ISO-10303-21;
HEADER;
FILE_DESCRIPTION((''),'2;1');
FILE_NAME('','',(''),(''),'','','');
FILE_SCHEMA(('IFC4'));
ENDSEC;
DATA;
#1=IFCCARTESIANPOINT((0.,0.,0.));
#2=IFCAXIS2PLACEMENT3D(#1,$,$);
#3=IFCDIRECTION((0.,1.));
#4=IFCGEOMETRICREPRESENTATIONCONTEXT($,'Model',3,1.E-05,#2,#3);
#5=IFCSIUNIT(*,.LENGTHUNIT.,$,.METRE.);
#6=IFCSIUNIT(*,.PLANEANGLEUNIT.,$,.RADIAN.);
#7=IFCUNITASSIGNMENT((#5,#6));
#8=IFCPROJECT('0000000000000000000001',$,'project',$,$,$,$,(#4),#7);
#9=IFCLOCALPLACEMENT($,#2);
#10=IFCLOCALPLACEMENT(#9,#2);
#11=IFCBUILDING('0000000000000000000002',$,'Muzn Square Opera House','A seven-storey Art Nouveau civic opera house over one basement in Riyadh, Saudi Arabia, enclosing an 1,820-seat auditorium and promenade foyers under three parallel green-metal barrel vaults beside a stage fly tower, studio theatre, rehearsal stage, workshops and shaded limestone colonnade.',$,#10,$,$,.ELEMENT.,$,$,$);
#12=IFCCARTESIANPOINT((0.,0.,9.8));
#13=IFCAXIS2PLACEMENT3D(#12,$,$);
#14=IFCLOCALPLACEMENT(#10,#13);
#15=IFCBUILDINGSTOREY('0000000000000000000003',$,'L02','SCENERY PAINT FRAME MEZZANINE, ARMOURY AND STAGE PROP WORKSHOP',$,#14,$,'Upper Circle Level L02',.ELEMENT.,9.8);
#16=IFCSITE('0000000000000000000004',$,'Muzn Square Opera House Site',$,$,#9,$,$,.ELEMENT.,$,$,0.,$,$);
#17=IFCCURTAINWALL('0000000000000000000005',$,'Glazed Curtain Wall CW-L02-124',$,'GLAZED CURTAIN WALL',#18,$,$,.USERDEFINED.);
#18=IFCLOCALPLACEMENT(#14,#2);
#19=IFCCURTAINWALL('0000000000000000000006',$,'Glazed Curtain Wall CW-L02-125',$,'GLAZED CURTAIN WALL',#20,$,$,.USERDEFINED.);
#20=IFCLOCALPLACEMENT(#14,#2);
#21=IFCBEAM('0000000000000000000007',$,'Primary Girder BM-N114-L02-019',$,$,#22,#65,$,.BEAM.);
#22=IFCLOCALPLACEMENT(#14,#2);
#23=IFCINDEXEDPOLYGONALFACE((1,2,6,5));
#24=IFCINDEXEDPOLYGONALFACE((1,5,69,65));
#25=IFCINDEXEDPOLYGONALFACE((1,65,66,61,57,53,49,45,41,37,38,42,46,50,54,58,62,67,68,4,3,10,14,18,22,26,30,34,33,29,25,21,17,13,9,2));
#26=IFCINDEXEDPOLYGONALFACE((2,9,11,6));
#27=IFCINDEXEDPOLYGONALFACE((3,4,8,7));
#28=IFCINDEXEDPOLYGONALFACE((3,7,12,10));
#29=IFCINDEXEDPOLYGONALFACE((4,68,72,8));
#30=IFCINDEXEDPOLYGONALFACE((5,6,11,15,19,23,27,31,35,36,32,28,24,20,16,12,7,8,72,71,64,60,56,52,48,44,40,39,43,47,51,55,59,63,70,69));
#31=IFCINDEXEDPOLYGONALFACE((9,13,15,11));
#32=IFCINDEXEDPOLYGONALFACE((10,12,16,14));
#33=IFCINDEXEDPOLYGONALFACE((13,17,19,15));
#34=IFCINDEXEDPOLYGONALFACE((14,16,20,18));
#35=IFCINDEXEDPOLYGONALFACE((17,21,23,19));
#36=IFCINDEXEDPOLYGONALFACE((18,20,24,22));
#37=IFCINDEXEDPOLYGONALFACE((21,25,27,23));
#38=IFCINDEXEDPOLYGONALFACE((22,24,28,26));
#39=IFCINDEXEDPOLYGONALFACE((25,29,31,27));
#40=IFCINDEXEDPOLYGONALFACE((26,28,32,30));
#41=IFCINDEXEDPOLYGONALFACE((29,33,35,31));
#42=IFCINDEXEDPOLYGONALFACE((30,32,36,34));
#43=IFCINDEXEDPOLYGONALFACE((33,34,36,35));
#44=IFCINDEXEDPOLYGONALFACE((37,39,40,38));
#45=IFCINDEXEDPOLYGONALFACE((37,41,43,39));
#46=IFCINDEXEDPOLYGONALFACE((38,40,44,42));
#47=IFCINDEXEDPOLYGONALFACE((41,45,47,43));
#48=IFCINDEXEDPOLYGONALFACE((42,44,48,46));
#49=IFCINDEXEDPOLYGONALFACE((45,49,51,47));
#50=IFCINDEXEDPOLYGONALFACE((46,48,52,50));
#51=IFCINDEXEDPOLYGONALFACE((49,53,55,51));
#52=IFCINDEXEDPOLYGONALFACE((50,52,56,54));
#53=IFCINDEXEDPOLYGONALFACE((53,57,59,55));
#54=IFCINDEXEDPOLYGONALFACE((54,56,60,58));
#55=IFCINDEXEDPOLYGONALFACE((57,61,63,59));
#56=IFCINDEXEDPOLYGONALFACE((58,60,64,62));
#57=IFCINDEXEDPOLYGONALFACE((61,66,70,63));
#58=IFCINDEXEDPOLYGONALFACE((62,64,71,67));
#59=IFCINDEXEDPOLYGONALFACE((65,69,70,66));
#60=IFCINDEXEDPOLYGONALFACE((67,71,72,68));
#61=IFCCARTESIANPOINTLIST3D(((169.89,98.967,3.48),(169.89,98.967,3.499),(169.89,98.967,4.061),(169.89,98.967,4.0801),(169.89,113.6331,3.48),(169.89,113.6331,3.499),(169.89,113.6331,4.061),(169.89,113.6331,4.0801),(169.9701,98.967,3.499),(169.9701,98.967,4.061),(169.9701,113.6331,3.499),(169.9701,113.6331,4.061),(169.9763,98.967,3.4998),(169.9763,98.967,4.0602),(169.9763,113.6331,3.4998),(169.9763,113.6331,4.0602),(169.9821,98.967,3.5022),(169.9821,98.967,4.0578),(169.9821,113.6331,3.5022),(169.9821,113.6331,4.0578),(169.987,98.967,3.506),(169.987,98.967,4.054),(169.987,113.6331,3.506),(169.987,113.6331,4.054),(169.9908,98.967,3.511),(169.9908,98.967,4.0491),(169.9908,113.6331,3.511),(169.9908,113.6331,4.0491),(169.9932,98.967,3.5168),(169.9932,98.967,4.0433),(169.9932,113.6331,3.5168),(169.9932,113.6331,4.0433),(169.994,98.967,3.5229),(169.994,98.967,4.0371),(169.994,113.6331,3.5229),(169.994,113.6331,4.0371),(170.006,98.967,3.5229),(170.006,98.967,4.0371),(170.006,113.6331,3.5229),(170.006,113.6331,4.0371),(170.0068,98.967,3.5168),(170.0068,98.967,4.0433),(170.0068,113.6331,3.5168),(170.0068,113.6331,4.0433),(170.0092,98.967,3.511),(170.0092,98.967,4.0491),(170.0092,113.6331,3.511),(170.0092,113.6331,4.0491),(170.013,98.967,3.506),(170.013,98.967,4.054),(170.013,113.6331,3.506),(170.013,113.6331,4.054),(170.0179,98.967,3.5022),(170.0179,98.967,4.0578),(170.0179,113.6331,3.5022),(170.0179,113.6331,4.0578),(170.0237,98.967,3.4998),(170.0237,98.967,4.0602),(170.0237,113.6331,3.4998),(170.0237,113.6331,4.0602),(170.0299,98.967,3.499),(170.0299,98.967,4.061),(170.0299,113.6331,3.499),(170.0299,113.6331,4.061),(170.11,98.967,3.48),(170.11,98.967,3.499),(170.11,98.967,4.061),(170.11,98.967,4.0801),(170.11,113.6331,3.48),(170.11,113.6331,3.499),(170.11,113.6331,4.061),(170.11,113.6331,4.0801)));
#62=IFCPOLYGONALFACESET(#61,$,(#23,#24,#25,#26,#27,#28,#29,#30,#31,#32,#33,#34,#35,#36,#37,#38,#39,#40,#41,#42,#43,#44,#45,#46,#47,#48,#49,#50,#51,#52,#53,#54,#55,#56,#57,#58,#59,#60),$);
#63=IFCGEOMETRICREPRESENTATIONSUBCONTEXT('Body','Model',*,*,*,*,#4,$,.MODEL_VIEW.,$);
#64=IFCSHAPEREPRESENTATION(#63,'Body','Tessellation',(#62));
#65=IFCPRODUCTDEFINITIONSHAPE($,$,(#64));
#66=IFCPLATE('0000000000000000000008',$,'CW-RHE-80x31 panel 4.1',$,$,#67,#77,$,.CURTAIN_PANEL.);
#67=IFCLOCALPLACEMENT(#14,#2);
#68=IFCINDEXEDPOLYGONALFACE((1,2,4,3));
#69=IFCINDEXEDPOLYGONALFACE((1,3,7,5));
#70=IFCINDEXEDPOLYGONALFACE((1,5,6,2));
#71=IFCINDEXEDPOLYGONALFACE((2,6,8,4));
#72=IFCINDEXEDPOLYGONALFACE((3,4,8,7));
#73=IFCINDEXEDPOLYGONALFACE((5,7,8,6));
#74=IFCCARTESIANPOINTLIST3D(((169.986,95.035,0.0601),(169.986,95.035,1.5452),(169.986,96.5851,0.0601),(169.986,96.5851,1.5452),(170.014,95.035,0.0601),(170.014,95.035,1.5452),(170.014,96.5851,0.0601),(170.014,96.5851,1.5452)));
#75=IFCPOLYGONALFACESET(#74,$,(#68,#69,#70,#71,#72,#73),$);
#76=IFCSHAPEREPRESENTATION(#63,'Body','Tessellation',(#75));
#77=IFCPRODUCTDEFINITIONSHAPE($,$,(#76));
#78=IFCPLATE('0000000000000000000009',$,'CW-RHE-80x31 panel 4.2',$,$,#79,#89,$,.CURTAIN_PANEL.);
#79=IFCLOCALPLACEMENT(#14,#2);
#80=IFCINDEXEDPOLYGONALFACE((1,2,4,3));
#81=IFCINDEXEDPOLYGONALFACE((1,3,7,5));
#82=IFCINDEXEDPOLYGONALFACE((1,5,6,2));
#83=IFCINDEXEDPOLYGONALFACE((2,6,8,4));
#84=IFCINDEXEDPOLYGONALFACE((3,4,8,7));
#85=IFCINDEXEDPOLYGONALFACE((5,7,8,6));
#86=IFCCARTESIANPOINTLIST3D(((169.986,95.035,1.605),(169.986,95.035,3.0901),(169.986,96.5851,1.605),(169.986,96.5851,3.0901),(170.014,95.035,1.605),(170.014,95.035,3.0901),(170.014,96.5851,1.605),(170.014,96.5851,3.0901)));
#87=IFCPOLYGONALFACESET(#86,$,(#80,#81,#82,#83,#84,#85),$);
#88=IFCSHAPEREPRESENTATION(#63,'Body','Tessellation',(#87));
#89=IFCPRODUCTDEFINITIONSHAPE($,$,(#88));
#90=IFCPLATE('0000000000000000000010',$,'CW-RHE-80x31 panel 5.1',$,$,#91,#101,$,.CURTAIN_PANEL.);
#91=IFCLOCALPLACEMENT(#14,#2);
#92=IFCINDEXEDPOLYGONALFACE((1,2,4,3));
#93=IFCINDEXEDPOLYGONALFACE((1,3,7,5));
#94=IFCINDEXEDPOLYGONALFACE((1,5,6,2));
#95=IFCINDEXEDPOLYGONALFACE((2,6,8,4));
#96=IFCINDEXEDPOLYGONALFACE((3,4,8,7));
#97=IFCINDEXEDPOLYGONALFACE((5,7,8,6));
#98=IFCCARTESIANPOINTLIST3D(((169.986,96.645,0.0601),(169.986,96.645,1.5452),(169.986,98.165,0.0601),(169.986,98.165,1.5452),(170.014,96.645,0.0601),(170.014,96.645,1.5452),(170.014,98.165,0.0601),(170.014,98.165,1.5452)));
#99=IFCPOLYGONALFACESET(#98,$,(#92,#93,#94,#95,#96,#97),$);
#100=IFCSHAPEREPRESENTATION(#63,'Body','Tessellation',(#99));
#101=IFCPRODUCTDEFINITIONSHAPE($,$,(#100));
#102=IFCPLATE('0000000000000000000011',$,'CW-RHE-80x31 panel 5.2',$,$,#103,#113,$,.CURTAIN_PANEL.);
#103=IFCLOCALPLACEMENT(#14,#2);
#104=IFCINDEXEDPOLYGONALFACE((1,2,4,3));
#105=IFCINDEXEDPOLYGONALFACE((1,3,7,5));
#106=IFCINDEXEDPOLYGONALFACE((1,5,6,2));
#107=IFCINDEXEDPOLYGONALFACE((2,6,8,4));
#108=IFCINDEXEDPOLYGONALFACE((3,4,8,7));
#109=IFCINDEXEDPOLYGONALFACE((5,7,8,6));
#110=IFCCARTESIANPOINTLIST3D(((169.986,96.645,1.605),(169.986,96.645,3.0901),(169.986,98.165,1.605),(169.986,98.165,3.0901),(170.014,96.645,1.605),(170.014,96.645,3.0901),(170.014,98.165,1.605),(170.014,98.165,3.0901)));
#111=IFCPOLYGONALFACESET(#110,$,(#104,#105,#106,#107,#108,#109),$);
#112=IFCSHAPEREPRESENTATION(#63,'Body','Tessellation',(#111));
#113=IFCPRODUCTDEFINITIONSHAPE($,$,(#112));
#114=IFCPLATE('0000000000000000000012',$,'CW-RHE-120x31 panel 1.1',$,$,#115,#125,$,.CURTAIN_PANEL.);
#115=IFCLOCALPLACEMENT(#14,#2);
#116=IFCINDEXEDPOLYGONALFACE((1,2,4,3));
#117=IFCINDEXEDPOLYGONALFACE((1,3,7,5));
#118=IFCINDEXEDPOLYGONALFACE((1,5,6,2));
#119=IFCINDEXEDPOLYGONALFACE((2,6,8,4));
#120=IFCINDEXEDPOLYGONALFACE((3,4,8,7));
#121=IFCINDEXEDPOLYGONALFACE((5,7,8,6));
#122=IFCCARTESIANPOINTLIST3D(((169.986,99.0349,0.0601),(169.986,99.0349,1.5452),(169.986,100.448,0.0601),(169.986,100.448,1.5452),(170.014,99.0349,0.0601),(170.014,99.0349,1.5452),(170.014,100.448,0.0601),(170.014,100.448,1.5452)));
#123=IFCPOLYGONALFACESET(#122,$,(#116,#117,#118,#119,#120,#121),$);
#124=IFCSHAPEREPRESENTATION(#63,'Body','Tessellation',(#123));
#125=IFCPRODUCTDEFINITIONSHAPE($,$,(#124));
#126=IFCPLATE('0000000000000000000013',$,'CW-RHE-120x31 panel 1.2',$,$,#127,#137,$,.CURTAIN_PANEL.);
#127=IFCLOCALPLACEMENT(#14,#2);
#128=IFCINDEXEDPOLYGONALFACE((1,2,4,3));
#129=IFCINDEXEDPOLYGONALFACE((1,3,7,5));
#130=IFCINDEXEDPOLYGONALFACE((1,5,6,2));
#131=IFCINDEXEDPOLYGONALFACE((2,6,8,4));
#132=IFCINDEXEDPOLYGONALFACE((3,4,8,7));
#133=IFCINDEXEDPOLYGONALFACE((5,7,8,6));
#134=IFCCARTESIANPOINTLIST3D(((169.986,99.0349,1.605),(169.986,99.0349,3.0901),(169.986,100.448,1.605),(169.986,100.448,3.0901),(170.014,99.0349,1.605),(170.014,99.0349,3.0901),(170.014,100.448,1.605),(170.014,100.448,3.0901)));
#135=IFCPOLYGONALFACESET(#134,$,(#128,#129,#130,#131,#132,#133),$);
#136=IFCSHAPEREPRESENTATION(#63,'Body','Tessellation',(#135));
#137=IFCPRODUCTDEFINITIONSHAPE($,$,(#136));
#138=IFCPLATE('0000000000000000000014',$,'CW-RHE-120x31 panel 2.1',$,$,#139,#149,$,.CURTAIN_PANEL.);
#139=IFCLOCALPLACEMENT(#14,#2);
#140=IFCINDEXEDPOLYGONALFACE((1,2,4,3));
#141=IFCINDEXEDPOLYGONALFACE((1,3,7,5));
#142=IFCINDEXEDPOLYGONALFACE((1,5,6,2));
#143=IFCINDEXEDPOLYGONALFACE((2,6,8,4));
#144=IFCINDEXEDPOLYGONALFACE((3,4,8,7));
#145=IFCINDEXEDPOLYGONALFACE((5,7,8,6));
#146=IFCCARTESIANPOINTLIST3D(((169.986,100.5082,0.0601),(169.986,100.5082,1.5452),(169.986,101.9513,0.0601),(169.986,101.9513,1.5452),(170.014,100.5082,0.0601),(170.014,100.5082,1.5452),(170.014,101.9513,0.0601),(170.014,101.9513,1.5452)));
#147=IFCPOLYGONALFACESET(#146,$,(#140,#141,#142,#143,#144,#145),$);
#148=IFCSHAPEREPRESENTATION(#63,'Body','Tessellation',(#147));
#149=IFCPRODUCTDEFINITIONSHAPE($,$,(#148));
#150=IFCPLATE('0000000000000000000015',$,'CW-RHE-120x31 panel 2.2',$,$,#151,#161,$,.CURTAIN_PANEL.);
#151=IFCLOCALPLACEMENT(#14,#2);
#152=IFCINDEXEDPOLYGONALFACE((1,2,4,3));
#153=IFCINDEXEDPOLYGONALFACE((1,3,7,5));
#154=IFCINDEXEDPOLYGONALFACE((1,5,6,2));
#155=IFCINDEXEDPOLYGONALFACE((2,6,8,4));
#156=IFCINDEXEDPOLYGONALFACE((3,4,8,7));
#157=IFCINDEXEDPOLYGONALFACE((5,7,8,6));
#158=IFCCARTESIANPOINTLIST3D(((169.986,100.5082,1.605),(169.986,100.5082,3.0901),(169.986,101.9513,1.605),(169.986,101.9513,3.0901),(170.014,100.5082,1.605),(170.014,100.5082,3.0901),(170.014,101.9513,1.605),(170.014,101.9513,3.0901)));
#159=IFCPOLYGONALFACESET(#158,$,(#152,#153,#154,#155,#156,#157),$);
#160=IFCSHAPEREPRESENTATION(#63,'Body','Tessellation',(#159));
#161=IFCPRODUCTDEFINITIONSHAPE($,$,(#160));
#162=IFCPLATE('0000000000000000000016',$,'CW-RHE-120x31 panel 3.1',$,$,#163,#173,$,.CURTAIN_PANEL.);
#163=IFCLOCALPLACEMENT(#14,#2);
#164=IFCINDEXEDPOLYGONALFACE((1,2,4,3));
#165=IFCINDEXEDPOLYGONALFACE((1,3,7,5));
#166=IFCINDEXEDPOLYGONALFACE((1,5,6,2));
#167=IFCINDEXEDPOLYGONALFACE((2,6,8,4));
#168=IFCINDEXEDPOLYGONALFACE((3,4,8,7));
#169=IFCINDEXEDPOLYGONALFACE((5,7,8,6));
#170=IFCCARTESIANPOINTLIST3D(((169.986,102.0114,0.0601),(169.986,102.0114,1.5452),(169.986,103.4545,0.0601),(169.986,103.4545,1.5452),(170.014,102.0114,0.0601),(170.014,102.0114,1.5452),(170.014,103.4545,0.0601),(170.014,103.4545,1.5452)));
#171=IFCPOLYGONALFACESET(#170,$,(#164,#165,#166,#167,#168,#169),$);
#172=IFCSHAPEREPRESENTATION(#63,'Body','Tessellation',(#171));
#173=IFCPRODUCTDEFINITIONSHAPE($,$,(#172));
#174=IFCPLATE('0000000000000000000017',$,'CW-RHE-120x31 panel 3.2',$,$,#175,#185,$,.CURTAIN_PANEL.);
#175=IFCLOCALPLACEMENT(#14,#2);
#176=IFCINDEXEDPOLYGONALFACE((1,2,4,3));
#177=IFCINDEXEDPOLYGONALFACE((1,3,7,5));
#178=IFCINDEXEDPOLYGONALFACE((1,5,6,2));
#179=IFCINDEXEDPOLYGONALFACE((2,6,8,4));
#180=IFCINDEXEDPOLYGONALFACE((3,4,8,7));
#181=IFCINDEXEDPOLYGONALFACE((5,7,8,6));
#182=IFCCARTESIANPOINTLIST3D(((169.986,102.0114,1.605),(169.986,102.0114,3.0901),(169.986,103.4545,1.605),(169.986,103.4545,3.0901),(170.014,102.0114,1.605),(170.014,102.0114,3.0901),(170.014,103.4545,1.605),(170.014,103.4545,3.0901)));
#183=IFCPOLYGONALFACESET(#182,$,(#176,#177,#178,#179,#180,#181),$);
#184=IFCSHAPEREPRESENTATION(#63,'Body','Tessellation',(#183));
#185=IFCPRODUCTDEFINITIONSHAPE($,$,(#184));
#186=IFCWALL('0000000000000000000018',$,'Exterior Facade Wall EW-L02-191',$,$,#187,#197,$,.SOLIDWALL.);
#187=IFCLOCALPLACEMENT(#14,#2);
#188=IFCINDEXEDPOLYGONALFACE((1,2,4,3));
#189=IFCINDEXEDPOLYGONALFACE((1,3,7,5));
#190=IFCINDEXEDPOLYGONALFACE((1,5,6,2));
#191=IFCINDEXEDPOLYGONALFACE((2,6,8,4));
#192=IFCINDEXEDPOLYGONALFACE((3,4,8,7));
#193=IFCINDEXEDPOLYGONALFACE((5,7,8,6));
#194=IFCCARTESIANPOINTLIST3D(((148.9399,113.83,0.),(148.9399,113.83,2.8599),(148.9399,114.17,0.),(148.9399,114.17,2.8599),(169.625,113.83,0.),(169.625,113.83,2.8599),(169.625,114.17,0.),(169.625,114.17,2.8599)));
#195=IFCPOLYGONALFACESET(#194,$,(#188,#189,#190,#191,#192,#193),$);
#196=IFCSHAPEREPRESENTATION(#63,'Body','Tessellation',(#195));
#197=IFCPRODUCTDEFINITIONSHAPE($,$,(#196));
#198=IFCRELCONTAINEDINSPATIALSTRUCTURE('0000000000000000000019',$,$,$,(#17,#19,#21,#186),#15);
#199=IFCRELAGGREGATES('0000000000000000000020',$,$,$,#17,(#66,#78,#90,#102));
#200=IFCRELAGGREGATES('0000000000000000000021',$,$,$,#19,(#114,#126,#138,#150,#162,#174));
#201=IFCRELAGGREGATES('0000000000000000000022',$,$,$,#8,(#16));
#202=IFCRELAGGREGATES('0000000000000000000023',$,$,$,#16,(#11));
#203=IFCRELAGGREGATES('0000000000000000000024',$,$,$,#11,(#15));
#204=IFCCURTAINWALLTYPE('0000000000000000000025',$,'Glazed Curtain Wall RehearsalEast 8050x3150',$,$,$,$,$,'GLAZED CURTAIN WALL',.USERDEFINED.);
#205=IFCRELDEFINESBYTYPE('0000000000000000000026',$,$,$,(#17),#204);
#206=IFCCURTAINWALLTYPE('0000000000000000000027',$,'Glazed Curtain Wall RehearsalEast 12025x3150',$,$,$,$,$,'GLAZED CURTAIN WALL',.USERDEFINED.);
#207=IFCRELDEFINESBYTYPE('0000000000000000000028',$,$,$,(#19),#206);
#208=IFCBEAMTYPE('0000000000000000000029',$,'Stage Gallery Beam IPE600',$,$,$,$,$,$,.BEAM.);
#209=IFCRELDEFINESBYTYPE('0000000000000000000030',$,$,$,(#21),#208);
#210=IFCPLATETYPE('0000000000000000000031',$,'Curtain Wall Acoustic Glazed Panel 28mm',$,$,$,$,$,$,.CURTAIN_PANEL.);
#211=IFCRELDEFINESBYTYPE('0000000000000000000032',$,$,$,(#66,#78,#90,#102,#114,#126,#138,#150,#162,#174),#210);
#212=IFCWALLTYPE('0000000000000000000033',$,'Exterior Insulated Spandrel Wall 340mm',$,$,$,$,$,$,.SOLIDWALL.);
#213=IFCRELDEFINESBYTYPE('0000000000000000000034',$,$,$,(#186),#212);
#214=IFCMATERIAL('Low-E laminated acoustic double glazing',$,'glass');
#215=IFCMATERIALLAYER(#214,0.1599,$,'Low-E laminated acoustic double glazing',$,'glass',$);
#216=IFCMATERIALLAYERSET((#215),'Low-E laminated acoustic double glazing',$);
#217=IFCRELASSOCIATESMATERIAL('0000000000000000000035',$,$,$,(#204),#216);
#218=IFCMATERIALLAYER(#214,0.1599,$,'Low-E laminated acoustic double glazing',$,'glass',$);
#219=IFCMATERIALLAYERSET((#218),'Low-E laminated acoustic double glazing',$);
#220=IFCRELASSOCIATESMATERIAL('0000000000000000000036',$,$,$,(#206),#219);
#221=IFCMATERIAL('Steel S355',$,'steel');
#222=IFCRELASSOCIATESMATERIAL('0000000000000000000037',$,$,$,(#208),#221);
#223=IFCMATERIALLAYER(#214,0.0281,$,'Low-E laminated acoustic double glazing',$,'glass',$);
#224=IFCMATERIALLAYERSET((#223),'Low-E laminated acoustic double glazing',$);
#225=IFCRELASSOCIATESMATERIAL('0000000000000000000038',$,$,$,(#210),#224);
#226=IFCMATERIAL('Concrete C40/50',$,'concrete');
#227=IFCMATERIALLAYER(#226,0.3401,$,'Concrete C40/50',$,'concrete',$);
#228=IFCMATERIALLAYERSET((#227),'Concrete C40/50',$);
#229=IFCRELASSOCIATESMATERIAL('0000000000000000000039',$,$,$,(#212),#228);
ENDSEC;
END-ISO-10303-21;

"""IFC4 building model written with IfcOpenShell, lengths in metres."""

from ifc_helpers import new_model, si_unit, direction, frame, frame_2d, origin, origin_2d, place, context, subcontext, project, spatial, rectangle, i_section, extrude, material, layer, layer_set, material_profile, profile_set, type_object, element, aggregate, save


model = new_model("IFC4")

# Units and contexts
model_context = context("Model", 3, precision=1e-05, world=origin(), true_north=direction((0.0, 1.0)))
body_context = subcontext(model_context, "Body", "Model", "MODEL_VIEW")
ifc_project = project(units=[si_unit("LENGTHUNIT", "METRE"), si_unit("PLANEANGLEUNIT", "RADIAN")], contexts=[model_context])

# Site, building, storey
site_placement = place(None, origin())
site = spatial("IfcSite", under=ifc_project, at=site_placement, Name="Muzn Square Opera House Site", CompositionType="ELEMENT", RefElevation=0.0)
building_placement = place(site_placement, origin())
building = spatial("IfcBuilding", under=site, at=building_placement, Name="Muzn Square Opera House", Description="A seven-storey Art Nouveau civic opera house over one basement in Riyadh, Saudi Arabia, enclosing an 1,820-seat auditorium and promenade foyers under three parallel green-metal barrel vaults beside a stage fly tower, studio theatre, rehearsal stage, workshops and shaded limestone colonnade.", CompositionType="ELEMENT")
storey_placement = place(building_placement, frame((0.0, 0.0, 9.8)))
storey = spatial("IfcBuildingStorey", under=building, at=storey_placement, Name="L02", Description="SCENERY PAINT FRAME MEZZANINE, ARMOURY AND STAGE PROP WORKSHOP", LongName="Upper Circle Level L02", CompositionType="ELEMENT", Elevation=9.8)

# Curtain walls
ifc_material_1 = material(Name="Low-E laminated acoustic double glazing", Category="glass")
ifc_layer_1 = layer(ifc_material_1, 0.1599, Name="Low-E laminated acoustic double glazing", Category="glass")
ifc_layer_set_1 = layer_set([ifc_layer_1], Name="Low-E laminated acoustic double glazing")
curtain_wall_type_1 = type_object("IfcCurtainWallType", Name="Glazed Curtain Wall RehearsalEast 8050x3150", ElementType="GLAZED CURTAIN WALL", PredefinedType="USERDEFINED", material=ifc_layer_set_1)
curtain_wall_1_placement = place(storey_placement, origin())
curtain_wall_1 = element("IfcCurtainWall", 1, at=curtain_wall_1_placement, inside=storey, type_object=curtain_wall_type_1, Name="Glazed Curtain Wall CW-L02-124", ObjectType="GLAZED CURTAIN WALL", PredefinedType="USERDEFINED")
ifc_layer_2 = layer(ifc_material_1, 0.1599, Name="Low-E laminated acoustic double glazing", Category="glass")
ifc_layer_set_2 = layer_set([ifc_layer_2], Name="Low-E laminated acoustic double glazing")
curtain_wall_type_2 = type_object("IfcCurtainWallType", Name="Glazed Curtain Wall RehearsalEast 12025x3150", ElementType="GLAZED CURTAIN WALL", PredefinedType="USERDEFINED", material=ifc_layer_set_2)
curtain_wall_2_placement = place(storey_placement, origin())
curtain_wall_2 = element("IfcCurtainWall", 2, at=curtain_wall_2_placement, inside=storey, type_object=curtain_wall_type_2, Name="Glazed Curtain Wall CW-L02-125", ObjectType="GLAZED CURTAIN WALL", PredefinedType="USERDEFINED")

# Beam
ifc_material_2 = material(Name="Steel S355", Category="steel")
ifc_material_profile_1 = material_profile(ifc_material_2, i_section(OverallWidth=0.22, OverallDepth=0.6001, WebThickness=0.012, FlangeThickness=0.019, FilletRadius=0.0239, at=origin_2d()), Name="IPE 600", Category="steel")
ifc_profile_set_1 = profile_set([ifc_material_profile_1], Name="Steel S355")
beam_type = type_object("IfcBeamType", Name="Stage Gallery Beam IPE600", PredefinedType="BEAM", material=ifc_profile_set_1)
beam_placement = place(storey_placement, frame((170.0, 98.967, 3.78), z_axis=(0.0, 1.0, 0.0), x_axis=(-1.0, 0.0, 0.0)))
element("IfcBeam", 3, at=beam_placement, inside=storey, type_object=beam_type, Name="Primary Girder BM-N114-L02-019", PredefinedType="BEAM", context=body_context, shape_type="SweptSolid", body=[
    extrude(i_section(OverallWidth=0.22, OverallDepth=0.6001, WebThickness=0.012, FlangeThickness=0.019, FilletRadius=0.0239, at=origin_2d()), origin(), (0.0, 0.0, 1.0), 14.666),
])

# Plates
ifc_layer_3 = layer(ifc_material_1, 0.0281, Name="Low-E laminated acoustic double glazing", Category="glass")
ifc_layer_set_3 = layer_set([ifc_layer_3], Name="Low-E laminated acoustic double glazing")
plate_type = type_object("IfcPlateType", Name="Curtain Wall Acoustic Glazed Panel 28mm", PredefinedType="CURTAIN_PANEL", material=ifc_layer_set_3)
plate_1_placement = place(storey_placement, frame((170.0, 95.8101, 0.0601), z_axis=(0.0, 0.0, 1.0), x_axis=(0.0, 1.0, 0.0)))
plate_1 = element("IfcPlate", 4, at=plate_1_placement, type_object=plate_type, Name="CW-RHE-80x31 panel 4.1", PredefinedType="CURTAIN_PANEL", context=body_context, shape_type="SweptSolid", body=[
    extrude(rectangle(XDim=1.55, YDim=0.0281, at=origin_2d()), origin(), (0.0, 0.0, 1.0), 1.4851),
])
plate_2_placement = place(storey_placement, frame((170.0, 95.8101, 1.605), z_axis=(0.0, 0.0, 1.0), x_axis=(0.0, 1.0, 0.0)))
plate_2 = element("IfcPlate", 5, at=plate_2_placement, type_object=plate_type, Name="CW-RHE-80x31 panel 4.2", PredefinedType="CURTAIN_PANEL", context=body_context, shape_type="SweptSolid", body=[
    extrude(rectangle(XDim=1.55, YDim=0.0281, at=origin_2d()), origin(), (0.0, 0.0, 1.0), 1.4851),
])
plate_3_placement = place(storey_placement, frame((170.0, 97.405, 0.0601), z_axis=(0.0, 0.0, 1.0), x_axis=(0.0, 1.0, 0.0)))
plate_3 = element("IfcPlate", 6, at=plate_3_placement, type_object=plate_type, Name="CW-RHE-80x31 panel 5.1", PredefinedType="CURTAIN_PANEL", context=body_context, shape_type="SweptSolid", body=[
    extrude(rectangle(XDim=1.52, YDim=0.0281, at=origin_2d()), origin(), (0.0, 0.0, 1.0), 1.4851),
])
plate_4_placement = place(storey_placement, frame((170.0, 97.405, 1.605), z_axis=(0.0, 0.0, 1.0), x_axis=(0.0, 1.0, 0.0)))
plate_4 = element("IfcPlate", 7, at=plate_4_placement, type_object=plate_type, Name="CW-RHE-80x31 panel 5.2", PredefinedType="CURTAIN_PANEL", context=body_context, shape_type="SweptSolid", body=[
    extrude(rectangle(XDim=1.52, YDim=0.0281, at=origin_2d()), origin(), (0.0, 0.0, 1.0), 1.4851),
])
aggregate(curtain_wall_1, [plate_1, plate_2, plate_3, plate_4])
plate_5_placement = place(storey_placement, frame((170.0, 99.7415, 0.0601), z_axis=(0.0, 0.0, 1.0), x_axis=(0.0, 1.0, 0.0)))
plate_5 = element("IfcPlate", 8, at=plate_5_placement, type_object=plate_type, Name="CW-RHE-120x31 panel 1.1", PredefinedType="CURTAIN_PANEL", context=body_context, shape_type="SweptSolid", body=[
    extrude(rectangle(XDim=1.4131, YDim=0.0281, at=origin_2d()), origin(), (0.0, 0.0, 1.0), 1.4851),
])
plate_6_placement = place(storey_placement, frame((170.0, 99.7415, 1.605), z_axis=(0.0, 0.0, 1.0), x_axis=(0.0, 1.0, 0.0)))
plate_6 = element("IfcPlate", 9, at=plate_6_placement, type_object=plate_type, Name="CW-RHE-120x31 panel 1.2", PredefinedType="CURTAIN_PANEL", context=body_context, shape_type="SweptSolid", body=[
    extrude(rectangle(XDim=1.4131, YDim=0.0281, at=origin_2d()), origin(), (0.0, 0.0, 1.0), 1.4851),
])
plate_7_placement = place(storey_placement, frame((170.0, 101.2297, 0.0601), z_axis=(0.0, 0.0, 1.0), x_axis=(0.0, 1.0, 0.0)))
plate_7 = element("IfcPlate", 10, at=plate_7_placement, type_object=plate_type, Name="CW-RHE-120x31 panel 2.1", PredefinedType="CURTAIN_PANEL", context=body_context, shape_type="SweptSolid", body=[
    extrude(rectangle(XDim=1.4431, YDim=0.0281, at=origin_2d()), origin(), (0.0, 0.0, 1.0), 1.4851),
])
plate_8_placement = place(storey_placement, frame((170.0, 101.2297, 1.605), z_axis=(0.0, 0.0, 1.0), x_axis=(0.0, 1.0, 0.0)))
plate_8 = element("IfcPlate", 11, at=plate_8_placement, type_object=plate_type, Name="CW-RHE-120x31 panel 2.2", PredefinedType="CURTAIN_PANEL", context=body_context, shape_type="SweptSolid", body=[
    extrude(rectangle(XDim=1.4431, YDim=0.0281, at=origin_2d()), origin(), (0.0, 0.0, 1.0), 1.4851),
])
plate_9_placement = place(storey_placement, frame((170.0, 102.7329, 0.0601), z_axis=(0.0, 0.0, 1.0), x_axis=(0.0, 1.0, 0.0)))
plate_9 = element("IfcPlate", 12, at=plate_9_placement, type_object=plate_type, Name="CW-RHE-120x31 panel 3.1", PredefinedType="CURTAIN_PANEL", context=body_context, shape_type="SweptSolid", body=[
    extrude(rectangle(XDim=1.4431, YDim=0.0281, at=origin_2d()), origin(), (0.0, 0.0, 1.0), 1.4851),
])
plate_10_placement = place(storey_placement, frame((170.0, 102.7329, 1.605), z_axis=(0.0, 0.0, 1.0), x_axis=(0.0, 1.0, 0.0)))
plate_10 = element("IfcPlate", 13, at=plate_10_placement, type_object=plate_type, Name="CW-RHE-120x31 panel 3.2", PredefinedType="CURTAIN_PANEL", context=body_context, shape_type="SweptSolid", body=[
    extrude(rectangle(XDim=1.4431, YDim=0.0281, at=origin_2d()), origin(), (0.0, 0.0, 1.0), 1.4851),
])
aggregate(curtain_wall_2, [plate_5, plate_6, plate_7, plate_8, plate_9, plate_10])

# Wall
ifc_material_3 = material(Name="Concrete C40/50", Category="concrete")
ifc_layer_4 = layer(ifc_material_3, 0.3401, Name="Concrete C40/50", Category="concrete")
ifc_layer_set_4 = layer_set([ifc_layer_4], Name="Concrete C40/50")
wall_type = type_object("IfcWallType", Name="Exterior Insulated Spandrel Wall 340mm", PredefinedType="SOLIDWALL", material=ifc_layer_set_4)
wall_placement = place(storey_placement, frame((148.9399, 114.0, 0.0), z_axis=(0.0, 0.0, 1.0), x_axis=(1.0, 0.0, 0.0)))
element("IfcWall", 14, at=wall_placement, inside=storey, type_object=wall_type, Name="Exterior Facade Wall EW-L02-191", PredefinedType="SOLIDWALL", context=body_context, shape_type="SweptSolid", body=[
    extrude(rectangle(XDim=20.6851, YDim=0.3401, at=frame_2d((10.3425, 0.0))), origin(), (0.0, 0.0, 1.0), 2.8599),
])

save(model, "model.ifc")
